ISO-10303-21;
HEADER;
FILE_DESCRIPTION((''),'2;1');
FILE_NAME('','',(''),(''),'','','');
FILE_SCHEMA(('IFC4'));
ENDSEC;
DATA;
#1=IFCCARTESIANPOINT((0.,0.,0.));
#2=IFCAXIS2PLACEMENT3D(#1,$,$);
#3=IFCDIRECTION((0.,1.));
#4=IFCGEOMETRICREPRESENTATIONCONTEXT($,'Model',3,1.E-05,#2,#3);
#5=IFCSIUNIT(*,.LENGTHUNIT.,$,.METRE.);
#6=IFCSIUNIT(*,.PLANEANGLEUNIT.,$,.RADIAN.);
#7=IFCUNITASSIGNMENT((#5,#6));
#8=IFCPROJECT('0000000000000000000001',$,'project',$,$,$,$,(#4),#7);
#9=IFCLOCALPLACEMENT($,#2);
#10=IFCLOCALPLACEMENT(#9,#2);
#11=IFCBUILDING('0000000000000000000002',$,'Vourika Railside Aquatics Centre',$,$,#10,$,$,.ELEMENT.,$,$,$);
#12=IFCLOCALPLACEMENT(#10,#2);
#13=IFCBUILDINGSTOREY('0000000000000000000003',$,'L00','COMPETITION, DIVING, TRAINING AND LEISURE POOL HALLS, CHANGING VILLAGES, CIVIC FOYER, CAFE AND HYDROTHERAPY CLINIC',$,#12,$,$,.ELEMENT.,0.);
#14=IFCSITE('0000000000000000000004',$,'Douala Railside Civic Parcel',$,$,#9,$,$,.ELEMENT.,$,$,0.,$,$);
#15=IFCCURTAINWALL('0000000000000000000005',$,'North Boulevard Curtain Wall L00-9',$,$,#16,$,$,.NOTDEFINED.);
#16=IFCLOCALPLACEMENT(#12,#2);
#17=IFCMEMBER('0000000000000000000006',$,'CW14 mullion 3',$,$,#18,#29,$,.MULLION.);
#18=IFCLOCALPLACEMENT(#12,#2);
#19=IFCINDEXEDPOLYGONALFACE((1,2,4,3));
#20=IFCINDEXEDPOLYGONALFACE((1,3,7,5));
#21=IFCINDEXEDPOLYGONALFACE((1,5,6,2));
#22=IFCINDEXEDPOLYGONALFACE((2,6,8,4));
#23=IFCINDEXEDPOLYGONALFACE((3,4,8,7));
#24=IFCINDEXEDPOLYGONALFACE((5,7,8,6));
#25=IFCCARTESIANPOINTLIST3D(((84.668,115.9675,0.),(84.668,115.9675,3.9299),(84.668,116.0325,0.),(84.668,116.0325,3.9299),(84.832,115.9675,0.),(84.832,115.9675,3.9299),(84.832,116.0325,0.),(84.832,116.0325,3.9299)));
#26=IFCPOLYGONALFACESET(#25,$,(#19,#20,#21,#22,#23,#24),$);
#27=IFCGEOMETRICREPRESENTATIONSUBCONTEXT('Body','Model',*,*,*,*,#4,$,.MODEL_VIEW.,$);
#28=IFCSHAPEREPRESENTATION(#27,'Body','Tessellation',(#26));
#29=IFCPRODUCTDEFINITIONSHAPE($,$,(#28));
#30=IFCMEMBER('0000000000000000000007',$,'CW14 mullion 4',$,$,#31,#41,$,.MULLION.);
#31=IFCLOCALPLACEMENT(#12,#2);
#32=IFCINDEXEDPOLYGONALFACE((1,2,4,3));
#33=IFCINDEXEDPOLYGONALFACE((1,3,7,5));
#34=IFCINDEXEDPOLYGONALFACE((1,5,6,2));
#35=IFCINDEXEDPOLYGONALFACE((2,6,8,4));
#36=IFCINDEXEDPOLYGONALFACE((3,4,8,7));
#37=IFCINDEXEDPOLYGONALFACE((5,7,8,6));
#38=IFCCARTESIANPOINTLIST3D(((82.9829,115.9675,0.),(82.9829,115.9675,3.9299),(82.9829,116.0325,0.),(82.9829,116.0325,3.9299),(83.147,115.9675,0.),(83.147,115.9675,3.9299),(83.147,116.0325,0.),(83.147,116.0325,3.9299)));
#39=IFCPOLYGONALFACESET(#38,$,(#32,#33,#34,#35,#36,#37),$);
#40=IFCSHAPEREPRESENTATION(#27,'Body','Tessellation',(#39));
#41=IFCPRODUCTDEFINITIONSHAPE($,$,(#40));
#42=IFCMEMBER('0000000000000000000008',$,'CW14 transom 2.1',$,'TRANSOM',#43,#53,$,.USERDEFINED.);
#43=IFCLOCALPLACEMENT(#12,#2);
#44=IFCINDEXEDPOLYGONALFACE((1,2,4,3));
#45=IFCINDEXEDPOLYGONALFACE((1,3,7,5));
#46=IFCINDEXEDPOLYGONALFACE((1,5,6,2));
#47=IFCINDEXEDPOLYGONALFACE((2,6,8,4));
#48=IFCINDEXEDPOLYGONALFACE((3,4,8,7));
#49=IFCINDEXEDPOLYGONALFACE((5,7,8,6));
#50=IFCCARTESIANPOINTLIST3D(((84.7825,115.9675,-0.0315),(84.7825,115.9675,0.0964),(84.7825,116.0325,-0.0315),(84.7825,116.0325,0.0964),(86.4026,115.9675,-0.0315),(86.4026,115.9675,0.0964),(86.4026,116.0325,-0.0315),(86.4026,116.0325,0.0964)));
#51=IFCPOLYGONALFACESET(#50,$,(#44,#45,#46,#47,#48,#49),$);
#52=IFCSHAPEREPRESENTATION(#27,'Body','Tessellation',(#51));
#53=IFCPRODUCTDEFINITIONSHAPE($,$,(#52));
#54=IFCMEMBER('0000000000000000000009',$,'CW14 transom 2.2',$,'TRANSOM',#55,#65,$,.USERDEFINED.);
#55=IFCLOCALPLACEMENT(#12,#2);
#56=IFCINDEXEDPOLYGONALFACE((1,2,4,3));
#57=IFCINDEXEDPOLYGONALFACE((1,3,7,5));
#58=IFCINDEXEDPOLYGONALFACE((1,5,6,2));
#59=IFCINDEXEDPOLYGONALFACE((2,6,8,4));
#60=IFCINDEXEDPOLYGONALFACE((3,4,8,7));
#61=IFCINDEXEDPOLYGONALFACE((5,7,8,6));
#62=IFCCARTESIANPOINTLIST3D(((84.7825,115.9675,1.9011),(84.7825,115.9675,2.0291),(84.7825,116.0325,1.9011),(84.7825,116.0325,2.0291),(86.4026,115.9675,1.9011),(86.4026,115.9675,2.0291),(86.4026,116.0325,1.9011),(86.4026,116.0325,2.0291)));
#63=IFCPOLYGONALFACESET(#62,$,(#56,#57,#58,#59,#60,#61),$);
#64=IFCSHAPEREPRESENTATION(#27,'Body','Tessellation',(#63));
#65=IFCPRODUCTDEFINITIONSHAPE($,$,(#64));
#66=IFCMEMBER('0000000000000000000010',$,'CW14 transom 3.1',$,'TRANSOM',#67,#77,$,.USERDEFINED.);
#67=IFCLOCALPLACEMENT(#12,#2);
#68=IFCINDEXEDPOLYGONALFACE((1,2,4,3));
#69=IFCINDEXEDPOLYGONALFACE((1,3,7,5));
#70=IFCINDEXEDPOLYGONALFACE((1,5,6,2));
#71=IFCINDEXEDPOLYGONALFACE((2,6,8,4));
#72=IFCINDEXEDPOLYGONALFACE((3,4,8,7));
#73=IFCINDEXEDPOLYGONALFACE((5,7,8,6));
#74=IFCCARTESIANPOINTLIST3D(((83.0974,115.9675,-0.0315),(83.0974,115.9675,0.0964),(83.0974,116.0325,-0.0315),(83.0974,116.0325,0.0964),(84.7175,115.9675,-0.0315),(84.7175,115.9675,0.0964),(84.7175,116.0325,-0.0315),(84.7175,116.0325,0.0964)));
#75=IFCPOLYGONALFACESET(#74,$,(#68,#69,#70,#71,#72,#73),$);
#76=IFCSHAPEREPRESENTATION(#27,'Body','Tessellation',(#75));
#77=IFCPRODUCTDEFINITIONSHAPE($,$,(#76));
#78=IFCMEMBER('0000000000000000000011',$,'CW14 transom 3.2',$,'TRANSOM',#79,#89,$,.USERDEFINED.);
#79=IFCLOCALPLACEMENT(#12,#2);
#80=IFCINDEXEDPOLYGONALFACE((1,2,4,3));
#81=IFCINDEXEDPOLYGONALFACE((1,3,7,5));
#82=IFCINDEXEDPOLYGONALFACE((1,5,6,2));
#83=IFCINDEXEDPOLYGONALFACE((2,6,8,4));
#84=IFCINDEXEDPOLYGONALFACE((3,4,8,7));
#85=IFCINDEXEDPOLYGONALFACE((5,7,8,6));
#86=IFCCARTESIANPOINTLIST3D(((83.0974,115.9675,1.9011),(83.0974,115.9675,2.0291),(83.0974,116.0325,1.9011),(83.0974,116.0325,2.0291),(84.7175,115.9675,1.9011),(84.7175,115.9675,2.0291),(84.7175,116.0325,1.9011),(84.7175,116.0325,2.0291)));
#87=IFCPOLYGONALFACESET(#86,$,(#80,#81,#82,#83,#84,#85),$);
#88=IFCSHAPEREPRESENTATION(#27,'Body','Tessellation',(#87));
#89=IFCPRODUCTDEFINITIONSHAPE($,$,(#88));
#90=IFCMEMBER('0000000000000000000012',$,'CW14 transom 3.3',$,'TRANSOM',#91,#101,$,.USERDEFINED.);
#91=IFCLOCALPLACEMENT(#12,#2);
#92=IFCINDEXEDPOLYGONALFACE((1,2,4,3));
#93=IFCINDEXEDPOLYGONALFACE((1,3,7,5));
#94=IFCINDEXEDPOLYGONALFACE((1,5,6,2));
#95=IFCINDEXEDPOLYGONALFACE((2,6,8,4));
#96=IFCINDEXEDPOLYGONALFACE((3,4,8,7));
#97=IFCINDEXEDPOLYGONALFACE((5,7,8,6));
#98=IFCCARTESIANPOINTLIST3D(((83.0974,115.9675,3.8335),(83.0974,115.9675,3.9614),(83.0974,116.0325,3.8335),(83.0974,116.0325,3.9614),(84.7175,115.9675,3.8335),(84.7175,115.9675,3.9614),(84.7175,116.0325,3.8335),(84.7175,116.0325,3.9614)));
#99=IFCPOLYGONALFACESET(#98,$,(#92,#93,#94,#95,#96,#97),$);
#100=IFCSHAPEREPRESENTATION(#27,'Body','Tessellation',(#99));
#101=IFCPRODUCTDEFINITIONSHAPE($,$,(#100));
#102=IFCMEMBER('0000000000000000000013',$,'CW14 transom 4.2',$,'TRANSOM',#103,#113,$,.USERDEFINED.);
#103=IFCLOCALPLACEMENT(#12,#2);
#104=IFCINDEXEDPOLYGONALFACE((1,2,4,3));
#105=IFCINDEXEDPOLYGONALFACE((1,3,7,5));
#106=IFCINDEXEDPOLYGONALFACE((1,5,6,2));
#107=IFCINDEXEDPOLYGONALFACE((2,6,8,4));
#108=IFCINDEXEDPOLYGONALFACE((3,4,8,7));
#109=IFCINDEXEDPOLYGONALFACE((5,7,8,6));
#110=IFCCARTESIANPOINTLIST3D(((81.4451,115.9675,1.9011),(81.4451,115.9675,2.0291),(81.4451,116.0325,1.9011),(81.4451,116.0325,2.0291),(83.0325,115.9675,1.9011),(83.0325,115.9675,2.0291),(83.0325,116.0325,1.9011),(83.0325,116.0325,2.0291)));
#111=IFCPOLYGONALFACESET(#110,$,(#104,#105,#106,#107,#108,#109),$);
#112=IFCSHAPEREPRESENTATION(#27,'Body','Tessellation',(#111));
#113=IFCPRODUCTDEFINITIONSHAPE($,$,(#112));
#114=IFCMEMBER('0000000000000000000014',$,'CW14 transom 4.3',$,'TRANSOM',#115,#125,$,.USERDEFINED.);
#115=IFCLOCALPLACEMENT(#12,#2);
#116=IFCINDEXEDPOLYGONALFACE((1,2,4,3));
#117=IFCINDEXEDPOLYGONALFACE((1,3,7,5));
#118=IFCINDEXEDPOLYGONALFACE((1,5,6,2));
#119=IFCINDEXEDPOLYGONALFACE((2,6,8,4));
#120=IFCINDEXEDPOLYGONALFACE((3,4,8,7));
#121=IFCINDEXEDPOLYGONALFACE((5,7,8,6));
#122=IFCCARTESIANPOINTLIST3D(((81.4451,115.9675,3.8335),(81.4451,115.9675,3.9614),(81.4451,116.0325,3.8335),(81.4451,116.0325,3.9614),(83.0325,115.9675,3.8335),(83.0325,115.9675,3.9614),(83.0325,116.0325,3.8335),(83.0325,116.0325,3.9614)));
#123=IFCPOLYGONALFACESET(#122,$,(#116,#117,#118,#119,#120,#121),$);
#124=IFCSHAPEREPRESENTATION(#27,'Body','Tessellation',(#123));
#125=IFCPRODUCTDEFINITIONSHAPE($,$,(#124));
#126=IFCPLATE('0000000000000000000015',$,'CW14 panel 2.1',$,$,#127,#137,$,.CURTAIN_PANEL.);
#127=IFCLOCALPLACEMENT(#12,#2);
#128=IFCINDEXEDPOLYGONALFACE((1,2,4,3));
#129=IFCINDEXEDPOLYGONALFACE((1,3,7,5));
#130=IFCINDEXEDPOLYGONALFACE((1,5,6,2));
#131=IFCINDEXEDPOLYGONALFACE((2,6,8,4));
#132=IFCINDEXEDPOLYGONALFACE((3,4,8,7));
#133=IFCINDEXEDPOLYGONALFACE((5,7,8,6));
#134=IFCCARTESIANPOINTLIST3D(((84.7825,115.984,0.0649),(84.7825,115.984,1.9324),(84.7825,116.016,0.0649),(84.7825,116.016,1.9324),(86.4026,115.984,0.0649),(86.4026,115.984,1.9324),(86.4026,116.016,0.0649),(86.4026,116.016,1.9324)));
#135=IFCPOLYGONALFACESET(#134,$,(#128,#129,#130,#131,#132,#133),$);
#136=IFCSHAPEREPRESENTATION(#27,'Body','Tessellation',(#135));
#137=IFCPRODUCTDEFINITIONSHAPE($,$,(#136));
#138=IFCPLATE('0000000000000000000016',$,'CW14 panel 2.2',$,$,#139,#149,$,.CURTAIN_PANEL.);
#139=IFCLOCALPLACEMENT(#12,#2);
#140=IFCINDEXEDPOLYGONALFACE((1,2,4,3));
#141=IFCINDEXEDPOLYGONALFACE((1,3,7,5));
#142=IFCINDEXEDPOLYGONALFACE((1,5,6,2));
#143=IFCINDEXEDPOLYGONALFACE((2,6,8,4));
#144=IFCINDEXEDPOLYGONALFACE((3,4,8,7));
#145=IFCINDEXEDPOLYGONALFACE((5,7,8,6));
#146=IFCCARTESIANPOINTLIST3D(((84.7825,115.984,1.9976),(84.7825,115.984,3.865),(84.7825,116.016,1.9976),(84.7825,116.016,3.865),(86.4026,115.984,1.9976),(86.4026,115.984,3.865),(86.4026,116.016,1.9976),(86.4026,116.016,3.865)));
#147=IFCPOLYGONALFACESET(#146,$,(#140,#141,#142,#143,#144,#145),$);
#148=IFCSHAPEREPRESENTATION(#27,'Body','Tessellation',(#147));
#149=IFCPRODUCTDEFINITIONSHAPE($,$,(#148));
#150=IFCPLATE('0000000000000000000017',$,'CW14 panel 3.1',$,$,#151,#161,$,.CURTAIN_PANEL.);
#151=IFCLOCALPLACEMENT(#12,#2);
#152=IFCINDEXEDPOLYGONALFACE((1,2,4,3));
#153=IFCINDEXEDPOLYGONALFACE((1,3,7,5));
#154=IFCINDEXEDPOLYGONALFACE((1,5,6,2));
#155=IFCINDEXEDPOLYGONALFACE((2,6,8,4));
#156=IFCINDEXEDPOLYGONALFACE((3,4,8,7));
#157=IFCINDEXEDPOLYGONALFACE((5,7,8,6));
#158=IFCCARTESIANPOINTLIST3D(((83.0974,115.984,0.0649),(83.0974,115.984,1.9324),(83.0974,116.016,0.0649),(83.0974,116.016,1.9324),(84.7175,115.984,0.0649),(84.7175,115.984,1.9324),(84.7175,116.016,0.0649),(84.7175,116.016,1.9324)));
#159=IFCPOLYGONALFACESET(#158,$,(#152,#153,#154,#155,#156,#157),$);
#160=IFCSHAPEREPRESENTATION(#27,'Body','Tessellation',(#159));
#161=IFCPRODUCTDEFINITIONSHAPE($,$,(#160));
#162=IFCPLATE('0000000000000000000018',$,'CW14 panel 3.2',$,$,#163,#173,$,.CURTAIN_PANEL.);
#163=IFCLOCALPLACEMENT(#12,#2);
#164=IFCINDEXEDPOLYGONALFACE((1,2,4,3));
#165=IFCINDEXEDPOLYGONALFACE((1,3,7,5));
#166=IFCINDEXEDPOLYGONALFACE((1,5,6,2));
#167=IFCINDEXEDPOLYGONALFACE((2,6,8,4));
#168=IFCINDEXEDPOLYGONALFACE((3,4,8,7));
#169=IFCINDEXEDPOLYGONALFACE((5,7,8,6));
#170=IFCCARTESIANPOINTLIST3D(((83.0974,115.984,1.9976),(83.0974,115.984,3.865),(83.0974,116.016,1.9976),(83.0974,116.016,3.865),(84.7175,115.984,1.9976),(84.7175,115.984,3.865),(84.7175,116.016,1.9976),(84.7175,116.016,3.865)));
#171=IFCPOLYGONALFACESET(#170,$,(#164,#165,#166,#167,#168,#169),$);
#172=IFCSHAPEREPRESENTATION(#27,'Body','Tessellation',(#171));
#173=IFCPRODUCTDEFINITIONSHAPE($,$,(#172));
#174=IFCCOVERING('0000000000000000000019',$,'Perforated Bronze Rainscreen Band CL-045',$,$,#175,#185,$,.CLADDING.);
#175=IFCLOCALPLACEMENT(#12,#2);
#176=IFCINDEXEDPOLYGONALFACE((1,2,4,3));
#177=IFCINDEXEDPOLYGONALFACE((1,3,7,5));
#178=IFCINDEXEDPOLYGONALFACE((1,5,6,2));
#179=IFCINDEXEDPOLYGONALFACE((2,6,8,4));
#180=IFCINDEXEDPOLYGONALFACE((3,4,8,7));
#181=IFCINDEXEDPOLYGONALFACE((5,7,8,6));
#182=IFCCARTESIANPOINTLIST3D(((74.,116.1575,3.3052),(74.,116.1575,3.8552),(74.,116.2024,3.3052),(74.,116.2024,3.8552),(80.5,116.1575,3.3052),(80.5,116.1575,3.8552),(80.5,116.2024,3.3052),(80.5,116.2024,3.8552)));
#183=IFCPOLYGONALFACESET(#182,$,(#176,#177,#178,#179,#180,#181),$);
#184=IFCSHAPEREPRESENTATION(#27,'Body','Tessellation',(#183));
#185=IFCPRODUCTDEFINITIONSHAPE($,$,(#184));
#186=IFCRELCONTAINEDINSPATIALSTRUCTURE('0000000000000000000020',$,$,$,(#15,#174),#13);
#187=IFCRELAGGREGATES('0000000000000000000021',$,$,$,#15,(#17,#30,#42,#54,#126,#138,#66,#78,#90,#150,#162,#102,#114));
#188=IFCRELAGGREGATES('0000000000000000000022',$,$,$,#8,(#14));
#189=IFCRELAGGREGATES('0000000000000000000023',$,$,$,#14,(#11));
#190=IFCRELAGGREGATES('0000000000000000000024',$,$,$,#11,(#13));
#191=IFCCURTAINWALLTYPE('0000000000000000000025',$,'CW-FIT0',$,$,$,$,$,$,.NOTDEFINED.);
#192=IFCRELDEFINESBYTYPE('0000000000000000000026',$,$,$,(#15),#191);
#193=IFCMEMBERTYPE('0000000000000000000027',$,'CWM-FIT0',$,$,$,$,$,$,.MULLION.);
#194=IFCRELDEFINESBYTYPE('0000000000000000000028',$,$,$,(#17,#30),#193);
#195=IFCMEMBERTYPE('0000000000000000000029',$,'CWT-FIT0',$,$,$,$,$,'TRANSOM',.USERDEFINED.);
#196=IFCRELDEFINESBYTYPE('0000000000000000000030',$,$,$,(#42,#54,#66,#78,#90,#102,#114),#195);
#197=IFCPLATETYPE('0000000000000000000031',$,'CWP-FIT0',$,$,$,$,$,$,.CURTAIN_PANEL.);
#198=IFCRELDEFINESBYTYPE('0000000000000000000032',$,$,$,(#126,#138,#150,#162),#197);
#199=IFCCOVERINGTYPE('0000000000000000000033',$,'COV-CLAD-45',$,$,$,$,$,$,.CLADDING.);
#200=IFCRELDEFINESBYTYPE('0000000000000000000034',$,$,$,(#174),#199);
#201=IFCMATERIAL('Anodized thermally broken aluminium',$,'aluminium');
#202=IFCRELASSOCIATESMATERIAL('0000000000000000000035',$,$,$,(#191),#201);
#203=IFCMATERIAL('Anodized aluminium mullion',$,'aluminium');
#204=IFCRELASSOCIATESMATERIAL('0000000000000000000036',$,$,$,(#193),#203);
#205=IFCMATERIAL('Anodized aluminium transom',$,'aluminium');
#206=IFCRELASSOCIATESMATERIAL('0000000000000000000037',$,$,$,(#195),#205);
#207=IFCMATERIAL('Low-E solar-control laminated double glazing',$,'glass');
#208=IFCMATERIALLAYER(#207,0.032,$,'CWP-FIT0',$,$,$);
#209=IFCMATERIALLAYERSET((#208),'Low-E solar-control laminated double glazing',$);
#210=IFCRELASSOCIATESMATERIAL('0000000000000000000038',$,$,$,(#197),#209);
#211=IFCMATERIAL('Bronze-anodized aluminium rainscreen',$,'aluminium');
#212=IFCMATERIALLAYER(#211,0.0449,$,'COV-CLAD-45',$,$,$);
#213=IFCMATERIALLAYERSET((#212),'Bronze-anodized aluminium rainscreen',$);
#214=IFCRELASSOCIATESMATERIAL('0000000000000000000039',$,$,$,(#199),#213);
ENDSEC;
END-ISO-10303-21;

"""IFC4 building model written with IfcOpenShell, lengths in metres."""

from ifc_helpers import new_model, si_unit, direction, frame, origin, origin_2d, place, context, subcontext, project, spatial, rectangle, extrude, material, layer, layer_set, material_profile, profile_set, type_object, element, aggregate, save


model = new_model("IFC4")

# Units and contexts
model_context = context("Model", 3, precision=1e-05, world=origin(), true_north=direction((0.0, 1.0)))
body_context = subcontext(model_context, "Body", "Model", "MODEL_VIEW")
ifc_project = project(units=[si_unit("LENGTHUNIT", "METRE"), si_unit("PLANEANGLEUNIT", "RADIAN")], contexts=[model_context])

# Site, building, storey
site_placement = place(None, origin())
site = spatial("IfcSite", under=ifc_project, at=site_placement, Name="Douala Railside Civic Parcel", CompositionType="ELEMENT", RefElevation=0.0)
building_placement = place(site_placement, origin())
building = spatial("IfcBuilding", under=site, at=building_placement, Name="Vourika Railside Aquatics Centre", CompositionType="ELEMENT")
storey_placement = place(building_placement, origin())
storey = spatial("IfcBuildingStorey", under=building, at=storey_placement, Name="L00", Description="COMPETITION, DIVING, TRAINING AND LEISURE POOL HALLS, CHANGING VILLAGES, CIVIC FOYER, CAFE AND HYDROTHERAPY CLINIC", CompositionType="ELEMENT", Elevation=0.0)

# Curtain wall, members, plates
ifc_material_1 = material(Name="Anodized thermally broken aluminium", Category="aluminium")
curtain_wall_type = type_object("IfcCurtainWallType", Name="CW-FIT0", PredefinedType="NOTDEFINED", material=ifc_material_1)
curtain_wall_placement = place(storey_placement, origin())
curtain_wall = element("IfcCurtainWall", 1, at=curtain_wall_placement, inside=storey, type_object=curtain_wall_type, Name="North Boulevard Curtain Wall L00-9", PredefinedType="NOTDEFINED")
ifc_material_2 = material(Name="Anodized aluminium mullion", Category="aluminium")
ifc_material_profile_1 = material_profile(ifc_material_2, rectangle(XDim=0.0649, YDim=0.1641, at=origin_2d()), Name="ALU-M 65x164")
ifc_profile_set_1 = profile_set([ifc_material_profile_1], Name="Anodized aluminium mullion")
member_type_1 = type_object("IfcMemberType", Name="CWM-FIT0", PredefinedType="MULLION", material=ifc_profile_set_1)
member_1_placement = place(storey_placement, frame((84.75, 116.0, 0.0), z_axis=(0.0, 0.0, 1.0), x_axis=(0.0, -1.0, 0.0)))
member_1 = element("IfcMember", 2, at=member_1_placement, type_object=member_type_1, Name="CW14 mullion 3", PredefinedType="MULLION", context=body_context, shape_type="SweptSolid", body=[
    extrude(rectangle(XDim=0.0649, YDim=0.1641, at=origin_2d()), origin(), (0.0, 0.0, 1.0), 3.9299),
])
member_2_placement = place(storey_placement, frame((83.0649, 116.0, 0.0), z_axis=(0.0, 0.0, 1.0), x_axis=(0.0, -1.0, 0.0)))
member_2 = element("IfcMember", 3, at=member_2_placement, type_object=member_type_1, Name="CW14 mullion 4", PredefinedType="MULLION", context=body_context, shape_type="SweptSolid", body=[
    extrude(rectangle(XDim=0.0649, YDim=0.1641, at=origin_2d()), origin(), (0.0, 0.0, 1.0), 3.9299),
])
ifc_material_3 = material(Name="Anodized aluminium transom", Category="aluminium")
ifc_material_profile_2 = material_profile(ifc_material_3, rectangle(XDim=0.0649, YDim=0.1279, at=origin_2d()), Name="ALU-T 65x128")
ifc_profile_set_2 = profile_set([ifc_material_profile_2], Name="Anodized aluminium transom")
member_type_2 = type_object("IfcMemberType", Name="CWT-FIT0", ElementType="TRANSOM", PredefinedType="USERDEFINED", material=ifc_profile_set_2)
member_3_placement = place(storey_placement, frame((86.4026, 116.0, 0.0325), z_axis=(-1.0, 0.0, 0.0), x_axis=(0.0, -1.0, 0.0)))
member_3 = element("IfcMember", 4, at=member_3_placement, type_object=member_type_2, Name="CW14 transom 2.1", ObjectType="TRANSOM", PredefinedType="USERDEFINED", context=body_context, shape_type="SweptSolid", body=[
    extrude(rectangle(XDim=0.0649, YDim=0.1279, at=origin_2d()), origin(), (0.0, 0.0, 1.0), 1.6201),
])
member_4_placement = place(storey_placement, frame((86.4026, 116.0, 1.9651), z_axis=(-1.0, 0.0, 0.0), x_axis=(0.0, -1.0, 0.0)))
member_4 = element("IfcMember", 5, at=member_4_placement, type_object=member_type_2, Name="CW14 transom 2.2", ObjectType="TRANSOM", PredefinedType="USERDEFINED", context=body_context, shape_type="SweptSolid", body=[
    extrude(rectangle(XDim=0.0649, YDim=0.1279, at=origin_2d()), origin(), (0.0, 0.0, 1.0), 1.6201),
])
member_5_placement = place(storey_placement, frame((84.7175, 116.0, 0.0325), z_axis=(-1.0, 0.0, 0.0), x_axis=(0.0, -1.0, 0.0)))
member_5 = element("IfcMember", 6, at=member_5_placement, type_object=member_type_2, Name="CW14 transom 3.1", ObjectType="TRANSOM", PredefinedType="USERDEFINED", context=body_context, shape_type="SweptSolid", body=[
    extrude(rectangle(XDim=0.0649, YDim=0.1279, at=origin_2d()), origin(), (0.0, 0.0, 1.0), 1.6201),
])
member_6_placement = place(storey_placement, frame((84.7175, 116.0, 1.9651), z_axis=(-1.0, 0.0, 0.0), x_axis=(0.0, -1.0, 0.0)))
member_6 = element("IfcMember", 7, at=member_6_placement, type_object=member_type_2, Name="CW14 transom 3.2", ObjectType="TRANSOM", PredefinedType="USERDEFINED", context=body_context, shape_type="SweptSolid", body=[
    extrude(rectangle(XDim=0.0649, YDim=0.1279, at=origin_2d()), origin(), (0.0, 0.0, 1.0), 1.6201),
])
member_7_placement = place(storey_placement, frame((84.7175, 116.0, 3.8975), z_axis=(-1.0, 0.0, 0.0), x_axis=(0.0, -1.0, 0.0)))
member_7 = element("IfcMember", 8, at=member_7_placement, type_object=member_type_2, Name="CW14 transom 3.3", ObjectType="TRANSOM", PredefinedType="USERDEFINED", context=body_context, shape_type="SweptSolid", body=[
    extrude(rectangle(XDim=0.0649, YDim=0.1279, at=origin_2d()), origin(), (0.0, 0.0, 1.0), 1.6201),
])
member_8_placement = place(storey_placement, frame((83.0325, 116.0, 1.9651), z_axis=(-1.0, 0.0, 0.0), x_axis=(0.0, -1.0, 0.0)))
member_8 = element("IfcMember", 9, at=member_8_placement, type_object=member_type_2, Name="CW14 transom 4.2", ObjectType="TRANSOM", PredefinedType="USERDEFINED", context=body_context, shape_type="SweptSolid", body=[
    extrude(rectangle(XDim=0.0649, YDim=0.1279, at=origin_2d()), origin(), (0.0, 0.0, 1.0), 1.5874),
])
member_9_placement = place(storey_placement, frame((83.0325, 116.0, 3.8975), z_axis=(-1.0, 0.0, 0.0), x_axis=(0.0, -1.0, 0.0)))
member_9 = element("IfcMember", 10, at=member_9_placement, type_object=member_type_2, Name="CW14 transom 4.3", ObjectType="TRANSOM", PredefinedType="USERDEFINED", context=body_context, shape_type="SweptSolid", body=[
    extrude(rectangle(XDim=0.0649, YDim=0.1279, at=origin_2d()), origin(), (0.0, 0.0, 1.0), 1.5874),
])
ifc_material_4 = material(Name="Low-E solar-control laminated double glazing", Category="glass")
ifc_layer_1 = layer(ifc_material_4, 0.032, Name="CWP-FIT0")
ifc_layer_set_1 = layer_set([ifc_layer_1], Name="Low-E solar-control laminated double glazing")
plate_type = type_object("IfcPlateType", Name="CWP-FIT0", PredefinedType="CURTAIN_PANEL", material=ifc_layer_set_1)
plate_1_placement = place(storey_placement, frame((85.5925, 116.0, 0.0649), z_axis=(0.0, 0.0, 1.0), x_axis=(-1.0, 0.0, 0.0)))
plate_1 = element("IfcPlate", 11, at=plate_1_placement, type_object=plate_type, Name="CW14 panel 2.1", PredefinedType="CURTAIN_PANEL", context=body_context, shape_type="SweptSolid", body=[
    extrude(rectangle(XDim=1.6201, YDim=0.032, at=origin_2d()), origin(), (0.0, 0.0, 1.0), 1.8674),
])
plate_2_placement = place(storey_placement, frame((85.5925, 116.0, 1.9976), z_axis=(0.0, 0.0, 1.0), x_axis=(-1.0, 0.0, 0.0)))
plate_2 = element("IfcPlate", 12, at=plate_2_placement, type_object=plate_type, Name="CW14 panel 2.2", PredefinedType="CURTAIN_PANEL", context=body_context, shape_type="SweptSolid", body=[
    extrude(rectangle(XDim=1.6201, YDim=0.032, at=origin_2d()), origin(), (0.0, 0.0, 1.0), 1.8674),
])
plate_3_placement = place(storey_placement, frame((83.9075, 116.0, 0.0649), z_axis=(0.0, 0.0, 1.0), x_axis=(-1.0, 0.0, 0.0)))
plate_3 = element("IfcPlate", 13, at=plate_3_placement, type_object=plate_type, Name="CW14 panel 3.1", PredefinedType="CURTAIN_PANEL", context=body_context, shape_type="SweptSolid", body=[
    extrude(rectangle(XDim=1.6201, YDim=0.032, at=origin_2d()), origin(), (0.0, 0.0, 1.0), 1.8674),
])
plate_4_placement = place(storey_placement, frame((83.9075, 116.0, 1.9976), z_axis=(0.0, 0.0, 1.0), x_axis=(-1.0, 0.0, 0.0)))
plate_4 = element("IfcPlate", 14, at=plate_4_placement, type_object=plate_type, Name="CW14 panel 3.2", PredefinedType="CURTAIN_PANEL", context=body_context, shape_type="SweptSolid", body=[
    extrude(rectangle(XDim=1.6201, YDim=0.032, at=origin_2d()), origin(), (0.0, 0.0, 1.0), 1.8674),
])
aggregate(curtain_wall, [member_1, member_2, member_3, member_4, plate_1, plate_2, member_5, member_6, member_7, plate_3, plate_4, member_8, member_9])

# Covering
ifc_material_5 = material(Name="Bronze-anodized aluminium rainscreen", Category="aluminium")
ifc_layer_2 = layer(ifc_material_5, 0.0449, Name="COV-CLAD-45")
ifc_layer_set_2 = layer_set([ifc_layer_2], Name="Bronze-anodized aluminium rainscreen")
covering_type = type_object("IfcCoveringType", Name="COV-CLAD-45", PredefinedType="CLADDING", material=ifc_layer_set_2)
covering_placement = place(storey_placement, frame((77.25, 116.1799, 3.3052), z_axis=(0.0, 0.0, 1.0), x_axis=(-1.0, 0.0, 0.0)))
element("IfcCovering", 15, at=covering_placement, inside=storey, type_object=covering_type, Name="Perforated Bronze Rainscreen Band CL-045", PredefinedType="CLADDING", context=body_context, shape_type="SweptSolid", body=[
    extrude(rectangle(XDim=6.5, YDim=0.0449, at=origin_2d()), origin(), (0.0, 0.0, 1.0), 0.55),
])

save(model, "model.ifc")
